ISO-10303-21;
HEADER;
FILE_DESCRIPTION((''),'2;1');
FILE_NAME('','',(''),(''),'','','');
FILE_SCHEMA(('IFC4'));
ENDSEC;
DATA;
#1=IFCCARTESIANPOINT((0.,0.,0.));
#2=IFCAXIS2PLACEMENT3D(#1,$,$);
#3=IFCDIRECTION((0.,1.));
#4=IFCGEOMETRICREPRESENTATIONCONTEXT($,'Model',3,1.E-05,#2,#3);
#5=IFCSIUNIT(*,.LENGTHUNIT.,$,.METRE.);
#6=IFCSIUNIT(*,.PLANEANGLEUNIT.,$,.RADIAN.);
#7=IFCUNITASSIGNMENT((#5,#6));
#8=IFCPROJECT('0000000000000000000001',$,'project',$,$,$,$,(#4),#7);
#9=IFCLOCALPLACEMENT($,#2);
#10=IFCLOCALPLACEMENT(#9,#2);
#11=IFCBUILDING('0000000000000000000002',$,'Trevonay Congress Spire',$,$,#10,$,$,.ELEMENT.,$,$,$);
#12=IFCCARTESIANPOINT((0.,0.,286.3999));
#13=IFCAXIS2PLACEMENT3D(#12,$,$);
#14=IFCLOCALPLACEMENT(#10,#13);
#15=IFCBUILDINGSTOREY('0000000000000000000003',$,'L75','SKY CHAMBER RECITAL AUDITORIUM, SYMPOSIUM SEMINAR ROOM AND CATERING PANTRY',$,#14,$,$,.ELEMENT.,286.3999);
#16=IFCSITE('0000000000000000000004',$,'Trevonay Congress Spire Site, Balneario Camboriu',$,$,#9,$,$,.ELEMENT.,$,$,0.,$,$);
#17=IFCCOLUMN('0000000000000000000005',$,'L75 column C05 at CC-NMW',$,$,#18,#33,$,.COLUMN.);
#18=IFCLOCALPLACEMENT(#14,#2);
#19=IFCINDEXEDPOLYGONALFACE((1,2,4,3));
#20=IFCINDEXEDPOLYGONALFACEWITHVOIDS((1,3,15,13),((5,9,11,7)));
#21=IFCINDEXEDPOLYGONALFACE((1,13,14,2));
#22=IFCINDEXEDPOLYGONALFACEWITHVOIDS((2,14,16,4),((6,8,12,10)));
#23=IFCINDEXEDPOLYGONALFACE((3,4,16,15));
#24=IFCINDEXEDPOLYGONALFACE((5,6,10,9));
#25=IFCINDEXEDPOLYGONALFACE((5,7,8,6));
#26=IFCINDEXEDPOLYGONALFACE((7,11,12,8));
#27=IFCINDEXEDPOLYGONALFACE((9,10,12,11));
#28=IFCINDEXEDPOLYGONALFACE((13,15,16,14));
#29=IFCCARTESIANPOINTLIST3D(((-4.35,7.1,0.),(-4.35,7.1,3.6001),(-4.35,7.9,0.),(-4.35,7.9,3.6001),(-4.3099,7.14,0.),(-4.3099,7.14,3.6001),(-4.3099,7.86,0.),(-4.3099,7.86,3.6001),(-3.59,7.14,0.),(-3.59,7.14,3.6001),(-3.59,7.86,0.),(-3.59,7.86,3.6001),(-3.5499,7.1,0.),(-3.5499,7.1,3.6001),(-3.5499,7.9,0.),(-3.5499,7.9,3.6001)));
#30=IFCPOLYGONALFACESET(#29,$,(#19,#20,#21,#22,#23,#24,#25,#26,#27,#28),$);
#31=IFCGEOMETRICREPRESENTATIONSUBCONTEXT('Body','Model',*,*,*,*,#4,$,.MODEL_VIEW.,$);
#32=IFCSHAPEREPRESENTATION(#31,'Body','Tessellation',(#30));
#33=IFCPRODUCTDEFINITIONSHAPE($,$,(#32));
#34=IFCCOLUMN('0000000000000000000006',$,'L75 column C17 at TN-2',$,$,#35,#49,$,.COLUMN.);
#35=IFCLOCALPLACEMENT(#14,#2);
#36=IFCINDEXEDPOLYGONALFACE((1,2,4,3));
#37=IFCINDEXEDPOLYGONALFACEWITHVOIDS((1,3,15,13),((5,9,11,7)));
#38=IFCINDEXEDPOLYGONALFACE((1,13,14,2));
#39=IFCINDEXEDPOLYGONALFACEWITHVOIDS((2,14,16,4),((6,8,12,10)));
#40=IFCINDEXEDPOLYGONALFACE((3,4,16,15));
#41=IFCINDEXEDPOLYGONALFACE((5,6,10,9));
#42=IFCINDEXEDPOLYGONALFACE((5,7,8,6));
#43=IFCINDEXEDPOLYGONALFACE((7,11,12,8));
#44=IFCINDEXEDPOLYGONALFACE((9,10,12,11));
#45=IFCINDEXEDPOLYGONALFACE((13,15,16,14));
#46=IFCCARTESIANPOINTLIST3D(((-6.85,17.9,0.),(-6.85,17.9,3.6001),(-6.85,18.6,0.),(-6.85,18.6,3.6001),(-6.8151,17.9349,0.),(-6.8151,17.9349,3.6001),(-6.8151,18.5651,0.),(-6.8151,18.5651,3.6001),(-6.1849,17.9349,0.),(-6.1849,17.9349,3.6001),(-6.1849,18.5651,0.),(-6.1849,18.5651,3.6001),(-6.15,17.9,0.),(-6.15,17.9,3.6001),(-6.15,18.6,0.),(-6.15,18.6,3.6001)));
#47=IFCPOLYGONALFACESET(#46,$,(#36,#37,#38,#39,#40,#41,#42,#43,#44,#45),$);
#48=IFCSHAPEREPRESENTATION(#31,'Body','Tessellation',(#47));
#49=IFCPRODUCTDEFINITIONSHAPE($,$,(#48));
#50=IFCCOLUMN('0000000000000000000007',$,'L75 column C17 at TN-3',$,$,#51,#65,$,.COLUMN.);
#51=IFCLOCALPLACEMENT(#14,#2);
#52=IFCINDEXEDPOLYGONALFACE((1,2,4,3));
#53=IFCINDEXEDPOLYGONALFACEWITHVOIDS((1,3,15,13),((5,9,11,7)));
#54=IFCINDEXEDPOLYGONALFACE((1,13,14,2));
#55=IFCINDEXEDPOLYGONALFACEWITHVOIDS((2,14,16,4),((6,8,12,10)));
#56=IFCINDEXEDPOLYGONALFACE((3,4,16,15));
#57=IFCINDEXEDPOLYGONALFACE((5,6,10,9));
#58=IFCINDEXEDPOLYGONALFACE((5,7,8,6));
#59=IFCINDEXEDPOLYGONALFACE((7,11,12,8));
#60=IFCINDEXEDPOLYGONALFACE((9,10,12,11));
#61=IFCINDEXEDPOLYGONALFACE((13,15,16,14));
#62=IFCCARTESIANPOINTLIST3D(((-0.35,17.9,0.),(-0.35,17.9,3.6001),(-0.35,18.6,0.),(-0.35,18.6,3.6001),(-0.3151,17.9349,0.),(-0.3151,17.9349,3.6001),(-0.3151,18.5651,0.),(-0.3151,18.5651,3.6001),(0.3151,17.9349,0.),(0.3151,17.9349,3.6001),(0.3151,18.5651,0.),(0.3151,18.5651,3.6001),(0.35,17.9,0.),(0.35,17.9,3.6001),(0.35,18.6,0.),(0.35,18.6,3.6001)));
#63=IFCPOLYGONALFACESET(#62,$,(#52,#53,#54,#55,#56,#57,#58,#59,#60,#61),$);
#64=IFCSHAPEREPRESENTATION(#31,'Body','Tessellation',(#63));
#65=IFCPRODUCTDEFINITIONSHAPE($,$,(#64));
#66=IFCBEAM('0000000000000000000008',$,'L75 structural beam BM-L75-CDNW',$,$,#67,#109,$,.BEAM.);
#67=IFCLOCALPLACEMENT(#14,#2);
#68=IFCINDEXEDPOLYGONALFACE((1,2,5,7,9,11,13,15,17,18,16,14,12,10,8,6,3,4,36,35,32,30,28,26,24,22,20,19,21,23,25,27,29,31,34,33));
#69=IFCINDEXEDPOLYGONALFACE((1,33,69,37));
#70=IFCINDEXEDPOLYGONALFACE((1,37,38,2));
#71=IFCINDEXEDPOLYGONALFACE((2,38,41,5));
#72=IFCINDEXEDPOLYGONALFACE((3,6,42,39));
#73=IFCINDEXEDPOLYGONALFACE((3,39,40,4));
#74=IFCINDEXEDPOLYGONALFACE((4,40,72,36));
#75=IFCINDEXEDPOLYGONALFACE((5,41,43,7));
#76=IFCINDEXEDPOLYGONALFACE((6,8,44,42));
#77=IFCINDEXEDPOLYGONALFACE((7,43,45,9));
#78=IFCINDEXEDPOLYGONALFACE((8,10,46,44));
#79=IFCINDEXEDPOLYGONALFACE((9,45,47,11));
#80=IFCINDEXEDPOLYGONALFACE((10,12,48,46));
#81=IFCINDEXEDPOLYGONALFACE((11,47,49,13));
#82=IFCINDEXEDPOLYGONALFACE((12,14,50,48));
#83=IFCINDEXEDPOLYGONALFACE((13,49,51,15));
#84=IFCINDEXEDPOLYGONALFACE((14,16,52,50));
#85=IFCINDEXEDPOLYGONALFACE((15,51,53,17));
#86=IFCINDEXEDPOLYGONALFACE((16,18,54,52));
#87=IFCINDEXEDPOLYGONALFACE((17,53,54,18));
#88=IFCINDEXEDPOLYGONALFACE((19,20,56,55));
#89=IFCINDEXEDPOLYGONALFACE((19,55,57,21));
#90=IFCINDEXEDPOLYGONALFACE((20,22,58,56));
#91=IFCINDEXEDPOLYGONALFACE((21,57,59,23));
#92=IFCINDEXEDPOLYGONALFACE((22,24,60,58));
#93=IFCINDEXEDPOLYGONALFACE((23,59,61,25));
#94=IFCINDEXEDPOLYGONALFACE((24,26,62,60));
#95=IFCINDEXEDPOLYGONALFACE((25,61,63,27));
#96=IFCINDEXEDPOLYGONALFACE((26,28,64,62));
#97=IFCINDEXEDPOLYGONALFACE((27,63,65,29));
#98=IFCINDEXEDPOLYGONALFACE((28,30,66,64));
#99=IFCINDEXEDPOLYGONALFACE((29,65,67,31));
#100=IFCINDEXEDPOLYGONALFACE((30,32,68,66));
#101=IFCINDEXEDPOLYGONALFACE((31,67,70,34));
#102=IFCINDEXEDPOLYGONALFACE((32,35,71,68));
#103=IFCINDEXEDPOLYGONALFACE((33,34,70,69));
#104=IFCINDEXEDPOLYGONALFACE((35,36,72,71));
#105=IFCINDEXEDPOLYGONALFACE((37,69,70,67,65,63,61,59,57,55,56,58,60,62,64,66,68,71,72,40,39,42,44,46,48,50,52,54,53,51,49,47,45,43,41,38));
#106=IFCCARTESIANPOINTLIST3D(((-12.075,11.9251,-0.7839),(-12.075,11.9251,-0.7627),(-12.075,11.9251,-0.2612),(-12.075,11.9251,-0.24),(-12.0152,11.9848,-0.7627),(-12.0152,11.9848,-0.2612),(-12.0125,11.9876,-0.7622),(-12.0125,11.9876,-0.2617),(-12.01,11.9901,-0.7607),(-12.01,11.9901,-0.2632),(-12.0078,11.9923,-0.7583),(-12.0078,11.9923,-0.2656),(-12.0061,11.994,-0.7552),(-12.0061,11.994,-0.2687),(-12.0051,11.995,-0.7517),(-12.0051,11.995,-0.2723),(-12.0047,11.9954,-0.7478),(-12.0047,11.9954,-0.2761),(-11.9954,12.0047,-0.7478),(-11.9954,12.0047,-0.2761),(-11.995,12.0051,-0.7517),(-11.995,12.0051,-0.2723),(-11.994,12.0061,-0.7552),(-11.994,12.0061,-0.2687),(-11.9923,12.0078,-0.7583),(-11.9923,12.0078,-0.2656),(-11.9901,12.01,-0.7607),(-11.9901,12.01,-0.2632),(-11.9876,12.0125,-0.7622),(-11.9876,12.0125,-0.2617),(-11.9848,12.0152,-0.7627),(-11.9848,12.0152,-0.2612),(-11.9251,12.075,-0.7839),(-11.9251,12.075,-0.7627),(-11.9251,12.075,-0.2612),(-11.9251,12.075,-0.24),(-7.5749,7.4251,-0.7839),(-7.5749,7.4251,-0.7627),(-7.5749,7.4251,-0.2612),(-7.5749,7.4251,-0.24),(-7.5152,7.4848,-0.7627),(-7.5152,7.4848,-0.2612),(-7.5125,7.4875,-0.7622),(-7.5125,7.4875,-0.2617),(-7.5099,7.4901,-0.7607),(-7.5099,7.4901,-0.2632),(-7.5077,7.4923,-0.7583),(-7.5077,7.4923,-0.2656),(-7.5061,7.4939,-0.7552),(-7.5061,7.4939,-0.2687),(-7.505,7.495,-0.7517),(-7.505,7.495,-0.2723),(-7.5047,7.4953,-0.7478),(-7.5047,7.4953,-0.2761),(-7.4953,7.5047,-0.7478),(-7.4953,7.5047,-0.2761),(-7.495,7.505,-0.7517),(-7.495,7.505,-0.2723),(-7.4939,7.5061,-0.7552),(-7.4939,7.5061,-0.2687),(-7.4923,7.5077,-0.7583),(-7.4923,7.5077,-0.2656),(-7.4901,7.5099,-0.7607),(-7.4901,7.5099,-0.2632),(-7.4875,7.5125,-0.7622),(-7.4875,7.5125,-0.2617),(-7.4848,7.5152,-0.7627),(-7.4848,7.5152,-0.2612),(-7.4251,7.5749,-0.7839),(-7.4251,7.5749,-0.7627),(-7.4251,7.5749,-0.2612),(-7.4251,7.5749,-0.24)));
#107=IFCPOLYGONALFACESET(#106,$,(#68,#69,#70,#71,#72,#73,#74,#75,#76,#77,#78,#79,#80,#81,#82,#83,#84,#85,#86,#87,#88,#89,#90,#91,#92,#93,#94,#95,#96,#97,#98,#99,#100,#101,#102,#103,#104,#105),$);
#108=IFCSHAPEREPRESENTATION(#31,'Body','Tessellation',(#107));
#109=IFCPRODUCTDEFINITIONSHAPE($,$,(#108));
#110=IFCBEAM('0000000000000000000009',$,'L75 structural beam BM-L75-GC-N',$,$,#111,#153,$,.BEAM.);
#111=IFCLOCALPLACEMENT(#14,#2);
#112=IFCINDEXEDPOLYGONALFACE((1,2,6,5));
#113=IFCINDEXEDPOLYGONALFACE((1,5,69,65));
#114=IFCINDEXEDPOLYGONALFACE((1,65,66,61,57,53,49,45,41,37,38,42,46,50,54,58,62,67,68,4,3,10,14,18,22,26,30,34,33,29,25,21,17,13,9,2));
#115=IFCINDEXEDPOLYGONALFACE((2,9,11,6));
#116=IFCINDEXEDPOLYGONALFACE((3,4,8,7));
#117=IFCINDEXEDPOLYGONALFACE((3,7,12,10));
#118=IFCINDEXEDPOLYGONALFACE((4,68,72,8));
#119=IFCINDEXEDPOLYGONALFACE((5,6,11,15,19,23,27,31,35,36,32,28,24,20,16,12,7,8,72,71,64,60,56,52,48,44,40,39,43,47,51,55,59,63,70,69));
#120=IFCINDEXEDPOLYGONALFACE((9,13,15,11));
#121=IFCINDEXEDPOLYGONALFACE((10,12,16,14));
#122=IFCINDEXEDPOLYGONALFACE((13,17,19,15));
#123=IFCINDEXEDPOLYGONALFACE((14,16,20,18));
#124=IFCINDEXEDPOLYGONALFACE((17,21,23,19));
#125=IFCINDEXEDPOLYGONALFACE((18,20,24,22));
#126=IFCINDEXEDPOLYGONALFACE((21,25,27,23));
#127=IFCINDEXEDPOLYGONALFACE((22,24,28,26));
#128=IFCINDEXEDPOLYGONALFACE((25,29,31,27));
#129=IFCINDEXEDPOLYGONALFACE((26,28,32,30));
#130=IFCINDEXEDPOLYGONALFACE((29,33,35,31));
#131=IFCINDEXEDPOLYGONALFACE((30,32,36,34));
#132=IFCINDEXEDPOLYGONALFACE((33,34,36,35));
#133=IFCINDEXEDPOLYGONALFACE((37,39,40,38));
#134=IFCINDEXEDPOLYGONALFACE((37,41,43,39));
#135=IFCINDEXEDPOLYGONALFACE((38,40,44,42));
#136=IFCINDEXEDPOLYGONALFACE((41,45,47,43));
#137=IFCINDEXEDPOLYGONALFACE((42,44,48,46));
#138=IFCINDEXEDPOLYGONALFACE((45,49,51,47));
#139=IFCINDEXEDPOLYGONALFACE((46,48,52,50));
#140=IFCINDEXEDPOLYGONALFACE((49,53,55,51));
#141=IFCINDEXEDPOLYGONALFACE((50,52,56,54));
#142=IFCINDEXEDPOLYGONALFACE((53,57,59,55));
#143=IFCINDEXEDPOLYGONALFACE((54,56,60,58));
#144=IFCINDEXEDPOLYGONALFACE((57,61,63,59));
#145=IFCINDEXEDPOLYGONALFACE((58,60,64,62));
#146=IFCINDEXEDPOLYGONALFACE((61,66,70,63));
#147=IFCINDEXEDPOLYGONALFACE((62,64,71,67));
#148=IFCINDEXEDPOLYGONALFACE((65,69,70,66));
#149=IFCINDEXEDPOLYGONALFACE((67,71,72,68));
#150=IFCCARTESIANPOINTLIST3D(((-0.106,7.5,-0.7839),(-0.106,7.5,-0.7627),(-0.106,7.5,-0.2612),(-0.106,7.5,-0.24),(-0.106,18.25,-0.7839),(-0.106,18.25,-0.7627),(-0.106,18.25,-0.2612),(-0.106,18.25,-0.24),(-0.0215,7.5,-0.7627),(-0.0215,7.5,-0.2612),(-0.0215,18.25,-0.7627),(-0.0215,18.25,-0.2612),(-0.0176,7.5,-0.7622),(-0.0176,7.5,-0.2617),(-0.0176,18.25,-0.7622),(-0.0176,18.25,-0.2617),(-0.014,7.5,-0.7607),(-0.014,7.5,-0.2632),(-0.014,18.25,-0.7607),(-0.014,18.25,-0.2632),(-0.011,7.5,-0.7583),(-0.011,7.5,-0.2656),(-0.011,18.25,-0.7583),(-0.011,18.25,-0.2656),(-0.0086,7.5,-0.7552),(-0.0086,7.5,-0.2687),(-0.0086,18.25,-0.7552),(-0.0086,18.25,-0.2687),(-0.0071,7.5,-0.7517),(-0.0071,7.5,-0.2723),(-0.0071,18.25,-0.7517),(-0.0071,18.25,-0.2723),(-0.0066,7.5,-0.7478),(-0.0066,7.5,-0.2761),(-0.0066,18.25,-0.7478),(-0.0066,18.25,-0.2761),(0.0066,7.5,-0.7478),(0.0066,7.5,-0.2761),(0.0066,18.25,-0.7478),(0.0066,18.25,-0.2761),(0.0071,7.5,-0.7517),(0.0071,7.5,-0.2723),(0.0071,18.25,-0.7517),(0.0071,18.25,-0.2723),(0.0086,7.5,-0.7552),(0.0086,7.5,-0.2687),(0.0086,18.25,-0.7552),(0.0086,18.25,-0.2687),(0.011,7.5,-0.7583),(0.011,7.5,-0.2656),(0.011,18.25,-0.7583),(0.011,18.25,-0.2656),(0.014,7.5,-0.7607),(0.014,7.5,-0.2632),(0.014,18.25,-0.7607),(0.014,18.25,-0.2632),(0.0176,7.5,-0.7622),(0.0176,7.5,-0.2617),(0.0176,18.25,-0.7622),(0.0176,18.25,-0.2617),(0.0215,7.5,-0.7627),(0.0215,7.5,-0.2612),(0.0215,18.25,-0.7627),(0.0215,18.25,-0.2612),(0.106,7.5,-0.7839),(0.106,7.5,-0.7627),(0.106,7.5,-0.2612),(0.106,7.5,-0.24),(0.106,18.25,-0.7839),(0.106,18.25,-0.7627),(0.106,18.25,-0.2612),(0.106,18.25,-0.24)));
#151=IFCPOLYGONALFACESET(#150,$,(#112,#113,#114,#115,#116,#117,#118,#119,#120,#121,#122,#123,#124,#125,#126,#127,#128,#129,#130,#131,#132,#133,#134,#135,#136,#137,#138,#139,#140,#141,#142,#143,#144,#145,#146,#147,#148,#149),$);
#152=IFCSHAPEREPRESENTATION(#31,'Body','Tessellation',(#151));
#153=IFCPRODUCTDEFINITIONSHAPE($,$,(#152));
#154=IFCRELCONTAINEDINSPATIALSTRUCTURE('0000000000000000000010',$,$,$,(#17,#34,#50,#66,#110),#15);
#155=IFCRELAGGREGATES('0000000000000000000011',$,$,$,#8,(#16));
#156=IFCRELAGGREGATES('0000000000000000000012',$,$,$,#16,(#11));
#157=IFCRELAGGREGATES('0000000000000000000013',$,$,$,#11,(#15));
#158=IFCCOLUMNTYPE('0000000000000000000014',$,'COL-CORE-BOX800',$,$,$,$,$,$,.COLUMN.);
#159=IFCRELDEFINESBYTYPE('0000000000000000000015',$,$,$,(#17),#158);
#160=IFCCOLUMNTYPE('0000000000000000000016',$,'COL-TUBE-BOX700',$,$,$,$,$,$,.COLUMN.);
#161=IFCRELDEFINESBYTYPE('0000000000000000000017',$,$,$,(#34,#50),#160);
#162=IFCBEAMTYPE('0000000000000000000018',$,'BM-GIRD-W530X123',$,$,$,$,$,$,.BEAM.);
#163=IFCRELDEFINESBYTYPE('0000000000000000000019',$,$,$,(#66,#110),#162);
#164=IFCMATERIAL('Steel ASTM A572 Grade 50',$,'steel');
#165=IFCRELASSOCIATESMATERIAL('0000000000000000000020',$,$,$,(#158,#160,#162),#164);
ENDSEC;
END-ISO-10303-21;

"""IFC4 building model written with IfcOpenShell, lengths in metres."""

from ifc_helpers import new_model, si_unit, direction, frame, origin, origin_2d, place, context, subcontext, project, spatial, hollow_rectangle, i_section, extrude, material, material_profile, profile_set, type_object, element, save


model = new_model("IFC4")

# Units and contexts
model_context = context("Model", 3, precision=1e-05, world=origin(), true_north=direction((0.0, 1.0)))
body_context = subcontext(model_context, "Body", "Model", "MODEL_VIEW")
ifc_project = project(units=[si_unit("LENGTHUNIT", "METRE"), si_unit("PLANEANGLEUNIT", "RADIAN")], contexts=[model_context])

# Site, building, storey
site_placement = place(None, origin())
site = spatial("IfcSite", under=ifc_project, at=site_placement, Name="Trevonay Congress Spire Site, Balneario Camboriu", CompositionType="ELEMENT", RefElevation=0.0)
building_placement = place(site_placement, origin())
building = spatial("IfcBuilding", under=site, at=building_placement, Name="Trevonay Congress Spire", CompositionType="ELEMENT")
storey_placement = place(building_placement, frame((0.0, 0.0, 286.3999)))
storey = spatial("IfcBuildingStorey", under=building, at=storey_placement, Name="L75", Description="SKY CHAMBER RECITAL AUDITORIUM, SYMPOSIUM SEMINAR ROOM AND CATERING PANTRY", CompositionType="ELEMENT", Elevation=286.3999)

# Columns
ifc_material_1 = material(Name="Steel ASTM A572 Grade 50", Category="steel")
ifc_material_profile_1 = material_profile(ifc_material_1, hollow_rectangle(XDim=0.8, YDim=0.8, WallThickness=0.04, at=origin_2d()), Name="BOX 800x800x40")
ifc_profile_set_1 = profile_set([ifc_material_profile_1], Name="Steel ASTM A572 Grade 50")
column_type_1 = type_object("IfcColumnType", Name="COL-CORE-BOX800", PredefinedType="COLUMN", material=ifc_profile_set_1)
column_placement = place(storey_placement, frame((-3.95, 7.5, 0.0), z_axis=(0.0, 0.0, 1.0), x_axis=(1.0, 0.0, 0.0)))
element("IfcColumn", 1, at=column_placement, inside=storey, type_object=column_type_1, Name="L75 column C05 at CC-NMW", PredefinedType="COLUMN", context=body_context, shape_type="SweptSolid", body=[
    extrude(hollow_rectangle(XDim=0.8, YDim=0.8, WallThickness=0.04, at=origin_2d()), origin(), (0.0, 0.0, 1.0), 3.6001),
])
ifc_material_profile_2 = material_profile(ifc_material_1, hollow_rectangle(XDim=0.7, YDim=0.7, WallThickness=0.0349, at=origin_2d()), Name="BOX 700x700x35")
ifc_profile_set_2 = profile_set([ifc_material_profile_2], Name="Steel ASTM A572 Grade 50")
column_type_2 = type_object("IfcColumnType", Name="COL-TUBE-BOX700", PredefinedType="COLUMN", material=ifc_profile_set_2)
for number, where, z_axis, x_axis, name in (
    (2, (-6.5, 18.25, 0.0), (0.0, 0.0, 1.0), (1.0, 0.0, 0.0), "L75 column C17 at TN-2"),
    (3, (0.0, 18.25, 0.0), (0.0, 0.0, 1.0), (1.0, 0.0, 0.0), "L75 column C17 at TN-3"),
):
    element("IfcColumn", number, at=place(storey_placement, frame(where, z_axis=z_axis, x_axis=x_axis)), inside=storey, type_object=column_type_2, Name=name, PredefinedType="COLUMN", context=body_context, shape_type="SweptSolid", body=[
        extrude(hollow_rectangle(XDim=0.7, YDim=0.7, WallThickness=0.0349, at=origin_2d()), origin(), (0.0, 0.0, 1.0), 3.6001),
    ])

# Beams
ifc_material_profile_3 = material_profile(ifc_material_1, i_section(OverallWidth=0.2119, OverallDepth=0.5439, WebThickness=0.0132, FlangeThickness=0.0212, FilletRadius=0.0149, at=origin_2d()), Name="W530x123")
ifc_profile_set_3 = profile_set([ifc_material_profile_3], Name="Steel ASTM A572 Grade 50")
beam_type_1 = type_object("IfcBeamType", Name="BM-GIRD-W530X123", PredefinedType="BEAM", material=ifc_profile_set_3)
beam_1_placement = place(storey_placement, frame((-7.5, 7.5, -0.512), z_axis=(-0.707107, 0.707107, 0.0), x_axis=(-0.707107, -0.707107, 0.0)))
element("IfcBeam", 4, at=beam_1_placement, inside=storey, type_object=beam_type_1, Name="L75 structural beam BM-L75-CDNW", PredefinedType="BEAM", context=body_context, shape_type="SweptSolid", body=[
    extrude(i_section(OverallWidth=0.2119, OverallDepth=0.5439, WebThickness=0.0132, FlangeThickness=0.0212, FilletRadius=0.0149, at=origin_2d()), origin(), (0.0, 0.0, 1.0), 6.364),
])
beam_2_placement = place(storey_placement, frame((0.0, 7.5, -0.512), z_axis=(0.0, 1.0, 0.0), x_axis=(-1.0, 0.0, 0.0)))
element("IfcBeam", 5, at=beam_2_placement, inside=storey, type_object=beam_type_1, Name="L75 structural beam BM-L75-GC-N", PredefinedType="BEAM", context=body_context, shape_type="SweptSolid", body=[
    extrude(i_section(OverallWidth=0.2119, OverallDepth=0.5439, WebThickness=0.0132, FlangeThickness=0.0212, FilletRadius=0.0149, at=origin_2d()), origin(), (0.0, 0.0, 1.0), 10.75),
])

save(model, "model.ifc")
